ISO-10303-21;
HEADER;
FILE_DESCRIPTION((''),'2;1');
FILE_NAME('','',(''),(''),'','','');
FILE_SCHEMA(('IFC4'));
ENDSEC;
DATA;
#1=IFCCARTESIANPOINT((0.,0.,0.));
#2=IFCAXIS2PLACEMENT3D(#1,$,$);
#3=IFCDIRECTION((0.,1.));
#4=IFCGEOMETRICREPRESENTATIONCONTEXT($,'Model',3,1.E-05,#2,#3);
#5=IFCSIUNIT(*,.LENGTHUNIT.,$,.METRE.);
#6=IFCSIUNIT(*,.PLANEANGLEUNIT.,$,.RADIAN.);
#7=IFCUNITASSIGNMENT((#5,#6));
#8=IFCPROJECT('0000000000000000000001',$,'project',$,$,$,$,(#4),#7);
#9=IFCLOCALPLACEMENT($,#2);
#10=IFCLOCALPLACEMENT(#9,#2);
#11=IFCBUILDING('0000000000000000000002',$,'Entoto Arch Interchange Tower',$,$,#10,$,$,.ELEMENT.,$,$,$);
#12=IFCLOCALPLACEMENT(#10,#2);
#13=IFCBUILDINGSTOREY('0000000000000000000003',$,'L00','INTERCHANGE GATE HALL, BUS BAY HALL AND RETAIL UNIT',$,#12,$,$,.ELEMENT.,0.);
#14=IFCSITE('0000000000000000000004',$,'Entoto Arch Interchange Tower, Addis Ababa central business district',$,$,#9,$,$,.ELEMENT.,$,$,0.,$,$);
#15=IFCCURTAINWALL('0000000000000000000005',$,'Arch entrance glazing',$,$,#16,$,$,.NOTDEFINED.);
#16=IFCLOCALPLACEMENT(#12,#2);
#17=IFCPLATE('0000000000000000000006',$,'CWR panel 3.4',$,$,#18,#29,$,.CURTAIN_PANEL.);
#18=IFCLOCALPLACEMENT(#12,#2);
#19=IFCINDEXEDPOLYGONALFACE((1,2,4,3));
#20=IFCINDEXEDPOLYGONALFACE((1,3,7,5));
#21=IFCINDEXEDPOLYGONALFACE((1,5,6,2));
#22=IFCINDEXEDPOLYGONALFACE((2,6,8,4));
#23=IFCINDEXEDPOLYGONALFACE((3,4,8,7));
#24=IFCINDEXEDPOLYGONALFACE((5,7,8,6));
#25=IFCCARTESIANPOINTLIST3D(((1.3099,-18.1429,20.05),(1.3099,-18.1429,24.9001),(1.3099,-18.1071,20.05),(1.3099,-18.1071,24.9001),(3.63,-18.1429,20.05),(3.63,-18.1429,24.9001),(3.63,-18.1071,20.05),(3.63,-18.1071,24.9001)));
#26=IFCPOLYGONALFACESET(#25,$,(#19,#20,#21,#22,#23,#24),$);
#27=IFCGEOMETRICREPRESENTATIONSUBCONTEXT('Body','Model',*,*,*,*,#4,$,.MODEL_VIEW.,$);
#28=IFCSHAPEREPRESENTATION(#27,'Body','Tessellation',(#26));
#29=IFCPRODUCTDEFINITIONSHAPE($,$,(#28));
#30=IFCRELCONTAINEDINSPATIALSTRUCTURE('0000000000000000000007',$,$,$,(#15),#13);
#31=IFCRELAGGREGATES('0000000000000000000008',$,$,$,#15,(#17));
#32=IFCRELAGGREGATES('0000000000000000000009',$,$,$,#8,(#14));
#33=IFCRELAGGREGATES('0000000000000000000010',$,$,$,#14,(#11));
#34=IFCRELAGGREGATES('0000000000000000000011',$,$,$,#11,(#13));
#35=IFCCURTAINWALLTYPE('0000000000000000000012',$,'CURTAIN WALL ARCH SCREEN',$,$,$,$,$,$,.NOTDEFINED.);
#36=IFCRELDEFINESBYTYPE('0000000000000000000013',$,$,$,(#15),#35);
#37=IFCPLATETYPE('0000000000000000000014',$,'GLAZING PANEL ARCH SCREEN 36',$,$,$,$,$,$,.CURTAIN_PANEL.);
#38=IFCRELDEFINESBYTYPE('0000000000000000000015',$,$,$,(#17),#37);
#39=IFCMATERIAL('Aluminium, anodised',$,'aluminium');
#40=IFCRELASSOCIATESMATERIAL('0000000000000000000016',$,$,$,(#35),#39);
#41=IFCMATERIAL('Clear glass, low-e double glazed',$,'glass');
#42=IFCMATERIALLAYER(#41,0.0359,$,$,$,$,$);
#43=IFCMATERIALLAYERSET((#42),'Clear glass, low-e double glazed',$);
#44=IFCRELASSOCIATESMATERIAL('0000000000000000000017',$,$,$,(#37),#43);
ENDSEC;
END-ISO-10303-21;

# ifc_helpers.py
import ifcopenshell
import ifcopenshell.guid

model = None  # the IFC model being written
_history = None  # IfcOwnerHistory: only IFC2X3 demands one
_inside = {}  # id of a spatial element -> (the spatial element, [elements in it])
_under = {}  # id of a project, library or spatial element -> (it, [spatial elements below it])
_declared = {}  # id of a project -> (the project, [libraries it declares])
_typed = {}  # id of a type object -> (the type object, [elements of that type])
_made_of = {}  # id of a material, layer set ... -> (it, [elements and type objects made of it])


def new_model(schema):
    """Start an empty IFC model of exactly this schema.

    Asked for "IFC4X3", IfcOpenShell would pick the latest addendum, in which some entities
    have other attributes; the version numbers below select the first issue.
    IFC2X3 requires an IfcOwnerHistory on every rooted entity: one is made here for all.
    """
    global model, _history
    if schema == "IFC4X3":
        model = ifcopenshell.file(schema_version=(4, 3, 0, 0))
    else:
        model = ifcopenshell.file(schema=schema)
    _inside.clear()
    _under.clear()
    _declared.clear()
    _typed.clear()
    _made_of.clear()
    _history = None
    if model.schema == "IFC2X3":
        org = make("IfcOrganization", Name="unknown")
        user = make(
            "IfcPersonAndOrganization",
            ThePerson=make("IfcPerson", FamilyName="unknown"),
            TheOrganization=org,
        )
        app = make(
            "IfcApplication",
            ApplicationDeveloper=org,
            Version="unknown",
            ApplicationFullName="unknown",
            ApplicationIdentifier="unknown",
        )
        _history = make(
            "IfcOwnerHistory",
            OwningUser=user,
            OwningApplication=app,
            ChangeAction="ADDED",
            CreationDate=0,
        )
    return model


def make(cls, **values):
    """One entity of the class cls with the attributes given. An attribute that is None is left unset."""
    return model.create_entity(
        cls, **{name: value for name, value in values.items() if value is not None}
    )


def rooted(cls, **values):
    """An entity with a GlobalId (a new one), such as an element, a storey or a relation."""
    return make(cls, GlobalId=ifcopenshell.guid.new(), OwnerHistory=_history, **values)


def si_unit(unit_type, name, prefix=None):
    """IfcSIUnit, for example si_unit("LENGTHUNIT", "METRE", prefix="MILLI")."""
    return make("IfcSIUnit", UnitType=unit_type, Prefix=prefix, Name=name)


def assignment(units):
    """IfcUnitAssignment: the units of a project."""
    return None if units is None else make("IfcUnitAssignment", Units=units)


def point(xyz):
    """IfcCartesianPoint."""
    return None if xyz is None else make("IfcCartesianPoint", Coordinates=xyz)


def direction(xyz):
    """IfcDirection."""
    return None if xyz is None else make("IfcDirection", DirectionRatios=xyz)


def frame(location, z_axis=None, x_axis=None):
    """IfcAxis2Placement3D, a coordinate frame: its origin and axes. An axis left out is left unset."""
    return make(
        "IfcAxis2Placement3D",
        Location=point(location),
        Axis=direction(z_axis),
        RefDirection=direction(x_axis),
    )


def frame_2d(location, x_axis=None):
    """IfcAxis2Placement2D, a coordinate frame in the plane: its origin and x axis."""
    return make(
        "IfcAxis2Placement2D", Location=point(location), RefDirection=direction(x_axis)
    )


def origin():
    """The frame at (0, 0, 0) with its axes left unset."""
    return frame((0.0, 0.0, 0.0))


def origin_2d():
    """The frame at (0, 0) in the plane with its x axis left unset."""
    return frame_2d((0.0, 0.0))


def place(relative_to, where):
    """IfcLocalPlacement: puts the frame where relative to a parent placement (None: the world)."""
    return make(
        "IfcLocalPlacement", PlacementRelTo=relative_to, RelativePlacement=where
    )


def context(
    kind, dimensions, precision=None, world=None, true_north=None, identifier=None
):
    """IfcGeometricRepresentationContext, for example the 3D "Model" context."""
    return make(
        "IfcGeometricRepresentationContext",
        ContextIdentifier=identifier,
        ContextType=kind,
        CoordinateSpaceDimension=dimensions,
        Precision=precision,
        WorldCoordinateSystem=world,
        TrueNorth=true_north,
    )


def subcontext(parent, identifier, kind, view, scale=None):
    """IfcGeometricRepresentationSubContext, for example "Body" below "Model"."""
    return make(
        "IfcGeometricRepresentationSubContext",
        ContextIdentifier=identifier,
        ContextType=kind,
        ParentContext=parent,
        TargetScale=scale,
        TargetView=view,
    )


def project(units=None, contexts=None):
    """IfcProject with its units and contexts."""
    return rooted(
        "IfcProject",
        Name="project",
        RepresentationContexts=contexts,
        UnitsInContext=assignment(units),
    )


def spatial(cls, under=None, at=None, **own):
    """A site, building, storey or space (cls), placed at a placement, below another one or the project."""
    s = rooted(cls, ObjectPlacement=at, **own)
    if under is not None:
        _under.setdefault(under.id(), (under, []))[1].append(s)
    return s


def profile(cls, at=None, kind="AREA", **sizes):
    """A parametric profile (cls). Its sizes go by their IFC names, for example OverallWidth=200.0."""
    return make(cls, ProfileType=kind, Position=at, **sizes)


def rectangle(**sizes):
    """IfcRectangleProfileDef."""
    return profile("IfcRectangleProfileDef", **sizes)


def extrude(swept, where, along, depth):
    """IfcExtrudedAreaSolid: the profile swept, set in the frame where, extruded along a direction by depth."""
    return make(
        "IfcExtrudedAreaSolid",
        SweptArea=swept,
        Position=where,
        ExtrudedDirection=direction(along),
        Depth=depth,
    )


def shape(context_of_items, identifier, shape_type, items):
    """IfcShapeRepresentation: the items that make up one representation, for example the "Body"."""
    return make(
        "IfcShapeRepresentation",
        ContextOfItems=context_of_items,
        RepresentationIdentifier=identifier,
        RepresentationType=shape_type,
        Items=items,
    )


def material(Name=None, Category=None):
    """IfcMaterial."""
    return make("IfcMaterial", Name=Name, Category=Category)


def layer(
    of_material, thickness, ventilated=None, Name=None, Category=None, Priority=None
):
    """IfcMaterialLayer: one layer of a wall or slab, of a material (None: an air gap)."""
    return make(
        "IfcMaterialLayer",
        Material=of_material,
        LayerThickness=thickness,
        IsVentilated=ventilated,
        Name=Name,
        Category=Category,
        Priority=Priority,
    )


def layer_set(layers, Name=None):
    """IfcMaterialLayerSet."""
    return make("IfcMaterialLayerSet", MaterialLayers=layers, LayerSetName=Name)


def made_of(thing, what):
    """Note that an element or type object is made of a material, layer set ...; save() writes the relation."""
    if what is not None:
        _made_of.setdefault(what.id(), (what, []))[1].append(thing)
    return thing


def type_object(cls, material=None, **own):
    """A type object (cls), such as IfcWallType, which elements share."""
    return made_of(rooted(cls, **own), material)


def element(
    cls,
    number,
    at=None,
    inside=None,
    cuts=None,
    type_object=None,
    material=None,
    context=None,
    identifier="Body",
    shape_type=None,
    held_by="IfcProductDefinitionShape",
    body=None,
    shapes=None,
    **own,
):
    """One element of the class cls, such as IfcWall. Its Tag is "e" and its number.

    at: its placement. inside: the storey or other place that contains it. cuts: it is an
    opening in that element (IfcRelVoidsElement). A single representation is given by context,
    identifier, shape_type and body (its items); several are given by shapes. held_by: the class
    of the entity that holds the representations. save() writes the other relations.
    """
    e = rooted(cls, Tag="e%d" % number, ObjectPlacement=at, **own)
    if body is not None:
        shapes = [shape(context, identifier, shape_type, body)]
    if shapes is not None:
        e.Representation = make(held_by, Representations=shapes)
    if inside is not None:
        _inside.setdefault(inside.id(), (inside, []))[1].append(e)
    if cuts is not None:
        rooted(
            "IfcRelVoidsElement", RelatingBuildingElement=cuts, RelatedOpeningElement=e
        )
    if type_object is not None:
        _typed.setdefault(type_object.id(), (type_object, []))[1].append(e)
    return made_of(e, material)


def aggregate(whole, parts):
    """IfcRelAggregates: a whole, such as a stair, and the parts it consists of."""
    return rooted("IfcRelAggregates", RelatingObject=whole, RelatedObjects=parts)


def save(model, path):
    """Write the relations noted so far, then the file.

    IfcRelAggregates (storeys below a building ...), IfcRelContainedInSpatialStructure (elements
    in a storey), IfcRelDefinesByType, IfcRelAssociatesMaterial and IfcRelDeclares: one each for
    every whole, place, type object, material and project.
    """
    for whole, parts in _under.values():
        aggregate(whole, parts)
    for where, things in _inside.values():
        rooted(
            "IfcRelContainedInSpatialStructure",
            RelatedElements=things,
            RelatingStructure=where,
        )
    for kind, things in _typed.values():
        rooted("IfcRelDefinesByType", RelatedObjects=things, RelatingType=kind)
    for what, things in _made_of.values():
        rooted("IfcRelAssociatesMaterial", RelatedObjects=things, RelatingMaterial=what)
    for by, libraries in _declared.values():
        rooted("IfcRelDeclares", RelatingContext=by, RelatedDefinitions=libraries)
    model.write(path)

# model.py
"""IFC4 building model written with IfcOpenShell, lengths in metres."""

from ifc_helpers import new_model, si_unit, direction, frame, origin, origin_2d, place, context, subcontext, project, spatial, rectangle, extrude, material, layer, layer_set, type_object, element, aggregate, save


model = new_model("IFC4")

# Units and contexts
model_context = context("Model", 3, precision=1e-05, world=origin(), true_north=direction((0.0, 1.0)))
body_context = subcontext(model_context, "Body", "Model", "MODEL_VIEW")
ifc_project = project(units=[si_unit("LENGTHUNIT", "METRE"), si_unit("PLANEANGLEUNIT", "RADIAN")], contexts=[model_context])

# Site, building, storey
site_placement = place(None, origin())
site = spatial("IfcSite", under=ifc_project, at=site_placement, Name="Entoto Arch Interchange Tower, Addis Ababa central business district", CompositionType="ELEMENT", RefElevation=0.0)
building_placement = place(site_placement, origin())
building = spatial("IfcBuilding", under=site, at=building_placement, Name="Entoto Arch Interchange Tower", CompositionType="ELEMENT")
storey_placement = place(building_placement, origin())
storey = spatial("IfcBuildingStorey", under=building, at=storey_placement, Name="L00", Description="INTERCHANGE GATE HALL, BUS BAY HALL AND RETAIL UNIT", CompositionType="ELEMENT", Elevation=0.0)

# Shared definitions
ifc_material_1 = material(Name="Aluminium, anodised", Category="aluminium")
curtain_wall_type = type_object("IfcCurtainWallType", Name="CURTAIN WALL ARCH SCREEN", PredefinedType="NOTDEFINED", material=ifc_material_1)

# Curtain wall
curtain_wall_1_placement = place(storey_placement, origin())
curtain_wall_1 = element("IfcCurtainWall", 1, at=curtain_wall_1_placement, inside=storey, type_object=curtain_wall_type, Name="Arch entrance glazing", PredefinedType="NOTDEFINED")

# Plate
ifc_material_2 = material(Name="Clear glass, low-e double glazed", Category="glass")
ifc_layer_1 = layer(ifc_material_2, 0.0359)
ifc_layer_set_1 = layer_set([ifc_layer_1], Name="Clear glass, low-e double glazed")
plate_type = type_object("IfcPlateType", Name="GLAZING PANEL ARCH SCREEN 36", PredefinedType="CURTAIN_PANEL", material=ifc_layer_set_1)
plate_1_placement = place(storey_placement, frame((2.47, -18.125, 20.05), z_axis=(0.0, 0.0, 1.0), x_axis=(1.0, 0.0, 0.0)))
plate_1 = element("IfcPlate", 2, at=plate_1_placement, type_object=plate_type, Name="CWR panel 3.4", PredefinedType="CURTAIN_PANEL", context=body_context, shape_type="SweptSolid", body=[
    extrude(rectangle(XDim=2.3201, YDim=0.0359, at=origin_2d()), origin(), (0.0, 0.0, 1.0), 4.8501),
])
aggregate(curtain_wall_1, [plate_1])

save(model, "model.ifc")
